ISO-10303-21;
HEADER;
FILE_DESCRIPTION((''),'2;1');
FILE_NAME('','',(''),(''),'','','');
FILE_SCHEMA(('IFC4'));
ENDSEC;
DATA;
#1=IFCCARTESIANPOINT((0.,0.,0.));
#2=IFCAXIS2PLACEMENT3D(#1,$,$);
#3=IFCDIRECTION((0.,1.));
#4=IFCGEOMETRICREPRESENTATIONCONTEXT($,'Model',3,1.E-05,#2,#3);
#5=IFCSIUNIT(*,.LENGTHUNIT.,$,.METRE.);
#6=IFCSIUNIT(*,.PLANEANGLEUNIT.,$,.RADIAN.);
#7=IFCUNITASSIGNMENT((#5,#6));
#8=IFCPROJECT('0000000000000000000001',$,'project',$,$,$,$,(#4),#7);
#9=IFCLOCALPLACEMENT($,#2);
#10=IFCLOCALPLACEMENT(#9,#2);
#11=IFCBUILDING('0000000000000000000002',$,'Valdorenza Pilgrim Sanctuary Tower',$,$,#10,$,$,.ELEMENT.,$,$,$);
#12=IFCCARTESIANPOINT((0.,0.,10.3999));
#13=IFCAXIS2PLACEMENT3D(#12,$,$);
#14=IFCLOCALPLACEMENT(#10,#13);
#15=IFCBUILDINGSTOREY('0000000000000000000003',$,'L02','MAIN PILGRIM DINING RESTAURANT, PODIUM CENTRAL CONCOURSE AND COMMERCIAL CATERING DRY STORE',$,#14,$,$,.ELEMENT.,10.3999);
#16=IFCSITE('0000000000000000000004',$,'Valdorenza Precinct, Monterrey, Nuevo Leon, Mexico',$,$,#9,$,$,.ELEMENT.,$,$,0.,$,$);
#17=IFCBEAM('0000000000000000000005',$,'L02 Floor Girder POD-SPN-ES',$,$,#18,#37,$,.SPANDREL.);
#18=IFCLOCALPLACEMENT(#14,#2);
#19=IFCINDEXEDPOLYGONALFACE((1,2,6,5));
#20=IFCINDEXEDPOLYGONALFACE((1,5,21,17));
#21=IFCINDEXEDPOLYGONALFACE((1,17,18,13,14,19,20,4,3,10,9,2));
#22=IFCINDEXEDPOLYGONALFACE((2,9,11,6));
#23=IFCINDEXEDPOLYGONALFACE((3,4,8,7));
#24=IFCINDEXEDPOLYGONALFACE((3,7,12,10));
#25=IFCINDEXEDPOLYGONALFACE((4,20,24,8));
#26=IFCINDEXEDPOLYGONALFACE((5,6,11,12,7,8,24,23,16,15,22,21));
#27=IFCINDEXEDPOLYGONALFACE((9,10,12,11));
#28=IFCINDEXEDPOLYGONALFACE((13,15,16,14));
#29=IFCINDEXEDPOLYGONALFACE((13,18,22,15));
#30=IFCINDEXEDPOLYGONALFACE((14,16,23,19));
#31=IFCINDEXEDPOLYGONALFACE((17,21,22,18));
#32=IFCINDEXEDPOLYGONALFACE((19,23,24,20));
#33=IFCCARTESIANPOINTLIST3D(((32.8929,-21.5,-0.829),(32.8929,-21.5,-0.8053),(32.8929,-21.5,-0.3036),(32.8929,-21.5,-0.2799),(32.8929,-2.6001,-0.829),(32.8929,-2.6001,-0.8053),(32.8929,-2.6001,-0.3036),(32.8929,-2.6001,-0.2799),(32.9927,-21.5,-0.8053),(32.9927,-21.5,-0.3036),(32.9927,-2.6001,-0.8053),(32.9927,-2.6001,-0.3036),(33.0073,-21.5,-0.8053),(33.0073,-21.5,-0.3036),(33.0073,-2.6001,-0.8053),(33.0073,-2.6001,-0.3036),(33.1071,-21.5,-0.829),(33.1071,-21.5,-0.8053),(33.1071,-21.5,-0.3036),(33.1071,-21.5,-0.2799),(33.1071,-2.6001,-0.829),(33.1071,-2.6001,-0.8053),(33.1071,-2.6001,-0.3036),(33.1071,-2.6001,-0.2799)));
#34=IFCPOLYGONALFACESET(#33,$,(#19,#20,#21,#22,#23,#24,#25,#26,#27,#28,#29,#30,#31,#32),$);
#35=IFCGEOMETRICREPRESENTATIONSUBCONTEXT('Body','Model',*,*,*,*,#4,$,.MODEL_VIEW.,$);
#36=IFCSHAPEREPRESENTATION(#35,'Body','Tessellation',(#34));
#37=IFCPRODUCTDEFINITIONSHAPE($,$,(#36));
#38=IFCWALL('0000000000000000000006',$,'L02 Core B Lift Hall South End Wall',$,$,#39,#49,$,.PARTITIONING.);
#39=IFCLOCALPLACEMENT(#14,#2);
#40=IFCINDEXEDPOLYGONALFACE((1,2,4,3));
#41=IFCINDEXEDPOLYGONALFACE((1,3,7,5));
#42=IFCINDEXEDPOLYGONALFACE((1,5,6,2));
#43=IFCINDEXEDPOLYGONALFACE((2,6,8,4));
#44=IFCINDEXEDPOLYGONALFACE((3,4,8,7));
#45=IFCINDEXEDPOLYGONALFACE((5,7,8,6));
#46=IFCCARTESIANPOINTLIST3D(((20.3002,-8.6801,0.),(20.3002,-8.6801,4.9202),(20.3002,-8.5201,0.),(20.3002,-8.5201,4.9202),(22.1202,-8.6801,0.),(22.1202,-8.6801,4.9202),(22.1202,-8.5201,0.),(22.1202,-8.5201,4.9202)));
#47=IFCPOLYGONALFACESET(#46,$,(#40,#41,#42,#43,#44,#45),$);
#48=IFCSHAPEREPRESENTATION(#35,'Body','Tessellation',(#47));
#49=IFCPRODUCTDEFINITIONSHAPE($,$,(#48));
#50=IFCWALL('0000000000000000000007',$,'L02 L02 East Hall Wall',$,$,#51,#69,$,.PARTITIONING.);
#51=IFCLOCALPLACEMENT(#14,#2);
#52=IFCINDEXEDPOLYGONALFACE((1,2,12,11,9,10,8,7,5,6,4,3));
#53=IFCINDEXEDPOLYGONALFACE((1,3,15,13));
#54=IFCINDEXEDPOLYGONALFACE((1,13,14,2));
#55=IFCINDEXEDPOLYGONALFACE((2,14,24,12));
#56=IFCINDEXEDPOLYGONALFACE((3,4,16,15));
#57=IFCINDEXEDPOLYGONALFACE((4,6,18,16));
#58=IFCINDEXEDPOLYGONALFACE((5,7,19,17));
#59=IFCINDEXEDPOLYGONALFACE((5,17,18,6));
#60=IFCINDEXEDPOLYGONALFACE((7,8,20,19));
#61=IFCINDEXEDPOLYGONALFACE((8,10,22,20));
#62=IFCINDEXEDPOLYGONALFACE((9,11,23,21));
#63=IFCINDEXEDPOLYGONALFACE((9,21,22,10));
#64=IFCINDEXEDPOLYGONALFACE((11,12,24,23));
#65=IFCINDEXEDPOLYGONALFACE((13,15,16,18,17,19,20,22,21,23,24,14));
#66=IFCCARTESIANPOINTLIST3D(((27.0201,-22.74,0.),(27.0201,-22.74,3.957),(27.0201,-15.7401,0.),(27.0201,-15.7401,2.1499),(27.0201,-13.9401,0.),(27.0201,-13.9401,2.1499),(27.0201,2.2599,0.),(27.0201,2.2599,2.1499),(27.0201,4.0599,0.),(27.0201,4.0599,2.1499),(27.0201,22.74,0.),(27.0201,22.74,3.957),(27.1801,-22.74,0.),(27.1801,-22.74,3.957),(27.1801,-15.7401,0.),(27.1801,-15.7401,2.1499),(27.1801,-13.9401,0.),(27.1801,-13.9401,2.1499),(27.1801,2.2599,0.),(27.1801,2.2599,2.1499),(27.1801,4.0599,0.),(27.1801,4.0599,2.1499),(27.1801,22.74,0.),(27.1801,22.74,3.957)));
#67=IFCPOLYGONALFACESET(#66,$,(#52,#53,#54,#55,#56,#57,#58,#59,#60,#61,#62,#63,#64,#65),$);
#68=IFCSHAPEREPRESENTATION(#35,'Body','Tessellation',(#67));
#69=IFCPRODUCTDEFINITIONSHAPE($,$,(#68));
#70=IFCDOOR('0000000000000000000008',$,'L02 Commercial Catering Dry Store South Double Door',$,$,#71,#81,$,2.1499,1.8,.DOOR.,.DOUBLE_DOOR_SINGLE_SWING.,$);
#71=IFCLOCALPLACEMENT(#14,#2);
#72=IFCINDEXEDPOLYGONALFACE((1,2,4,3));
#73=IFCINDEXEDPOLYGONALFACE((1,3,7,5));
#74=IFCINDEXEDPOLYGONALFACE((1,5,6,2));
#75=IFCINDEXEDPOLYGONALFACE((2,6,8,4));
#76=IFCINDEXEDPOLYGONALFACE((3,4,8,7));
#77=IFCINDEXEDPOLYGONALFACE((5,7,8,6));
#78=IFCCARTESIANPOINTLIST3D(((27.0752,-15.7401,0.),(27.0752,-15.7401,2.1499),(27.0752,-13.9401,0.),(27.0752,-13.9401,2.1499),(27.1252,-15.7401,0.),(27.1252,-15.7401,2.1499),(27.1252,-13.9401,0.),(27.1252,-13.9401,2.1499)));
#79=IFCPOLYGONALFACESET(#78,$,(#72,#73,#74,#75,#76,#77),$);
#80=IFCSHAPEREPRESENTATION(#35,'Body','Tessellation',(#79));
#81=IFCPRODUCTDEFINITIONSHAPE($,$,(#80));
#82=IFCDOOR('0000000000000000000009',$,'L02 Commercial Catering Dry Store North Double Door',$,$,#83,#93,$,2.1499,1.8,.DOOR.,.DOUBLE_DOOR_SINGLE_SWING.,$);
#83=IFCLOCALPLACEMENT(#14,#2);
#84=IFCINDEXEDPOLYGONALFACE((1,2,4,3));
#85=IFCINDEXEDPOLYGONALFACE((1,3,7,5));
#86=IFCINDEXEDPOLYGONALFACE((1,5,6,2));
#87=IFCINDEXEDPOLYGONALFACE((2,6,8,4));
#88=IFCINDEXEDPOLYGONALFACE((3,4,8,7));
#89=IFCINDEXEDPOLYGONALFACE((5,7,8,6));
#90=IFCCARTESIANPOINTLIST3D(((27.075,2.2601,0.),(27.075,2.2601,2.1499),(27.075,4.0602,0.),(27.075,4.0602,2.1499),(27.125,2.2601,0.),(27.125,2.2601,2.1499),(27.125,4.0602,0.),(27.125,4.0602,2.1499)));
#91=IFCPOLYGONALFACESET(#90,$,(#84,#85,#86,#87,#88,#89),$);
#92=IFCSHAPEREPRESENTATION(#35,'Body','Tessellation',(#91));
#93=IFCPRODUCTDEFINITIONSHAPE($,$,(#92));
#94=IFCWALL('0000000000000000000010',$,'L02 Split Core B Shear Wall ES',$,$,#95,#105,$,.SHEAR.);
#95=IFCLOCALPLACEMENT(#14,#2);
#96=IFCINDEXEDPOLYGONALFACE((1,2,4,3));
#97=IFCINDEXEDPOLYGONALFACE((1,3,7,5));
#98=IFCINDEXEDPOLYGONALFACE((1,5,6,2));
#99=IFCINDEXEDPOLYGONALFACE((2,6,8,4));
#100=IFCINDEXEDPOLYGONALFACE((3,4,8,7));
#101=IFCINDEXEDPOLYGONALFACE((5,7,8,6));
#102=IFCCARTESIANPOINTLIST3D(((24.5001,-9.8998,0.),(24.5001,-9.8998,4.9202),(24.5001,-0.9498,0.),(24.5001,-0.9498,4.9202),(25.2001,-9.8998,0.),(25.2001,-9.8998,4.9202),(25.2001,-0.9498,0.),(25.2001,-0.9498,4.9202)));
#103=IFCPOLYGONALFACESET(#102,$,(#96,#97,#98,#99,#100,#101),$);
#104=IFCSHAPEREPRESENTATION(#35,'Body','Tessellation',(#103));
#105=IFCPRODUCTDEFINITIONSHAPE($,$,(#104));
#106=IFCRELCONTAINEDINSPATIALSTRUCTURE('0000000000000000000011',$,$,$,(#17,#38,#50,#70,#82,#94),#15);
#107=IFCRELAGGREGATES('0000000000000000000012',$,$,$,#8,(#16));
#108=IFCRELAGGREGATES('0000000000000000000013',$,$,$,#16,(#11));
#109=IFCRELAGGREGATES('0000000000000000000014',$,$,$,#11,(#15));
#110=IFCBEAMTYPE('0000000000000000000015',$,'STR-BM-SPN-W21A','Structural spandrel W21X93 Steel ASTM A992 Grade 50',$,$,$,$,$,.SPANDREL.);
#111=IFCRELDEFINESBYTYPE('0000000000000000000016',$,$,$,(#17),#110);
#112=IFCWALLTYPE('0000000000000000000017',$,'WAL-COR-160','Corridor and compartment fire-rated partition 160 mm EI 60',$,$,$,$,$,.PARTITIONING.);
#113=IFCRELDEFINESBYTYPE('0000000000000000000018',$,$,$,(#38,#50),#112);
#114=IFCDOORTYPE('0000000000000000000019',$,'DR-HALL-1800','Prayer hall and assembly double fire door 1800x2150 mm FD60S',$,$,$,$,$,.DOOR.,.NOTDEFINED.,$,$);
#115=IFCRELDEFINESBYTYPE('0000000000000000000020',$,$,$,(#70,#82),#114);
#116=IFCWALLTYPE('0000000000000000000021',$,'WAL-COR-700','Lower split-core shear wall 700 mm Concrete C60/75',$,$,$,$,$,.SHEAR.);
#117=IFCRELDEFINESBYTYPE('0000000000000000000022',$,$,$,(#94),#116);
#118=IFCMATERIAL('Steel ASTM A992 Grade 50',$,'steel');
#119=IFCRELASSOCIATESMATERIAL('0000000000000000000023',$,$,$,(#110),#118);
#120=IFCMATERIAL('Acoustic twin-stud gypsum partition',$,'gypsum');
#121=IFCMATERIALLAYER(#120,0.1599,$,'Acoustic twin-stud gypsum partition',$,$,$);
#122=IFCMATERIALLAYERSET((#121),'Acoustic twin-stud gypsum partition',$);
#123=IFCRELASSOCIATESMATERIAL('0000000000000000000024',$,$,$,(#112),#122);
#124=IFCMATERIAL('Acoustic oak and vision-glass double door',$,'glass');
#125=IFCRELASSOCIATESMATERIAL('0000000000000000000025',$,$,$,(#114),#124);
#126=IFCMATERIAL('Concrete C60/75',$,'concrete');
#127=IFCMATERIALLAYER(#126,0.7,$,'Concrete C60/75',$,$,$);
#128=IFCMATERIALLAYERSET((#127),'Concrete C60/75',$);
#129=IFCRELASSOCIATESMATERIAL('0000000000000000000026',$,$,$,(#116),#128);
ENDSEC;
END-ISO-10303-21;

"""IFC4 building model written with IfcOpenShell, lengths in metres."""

from ifc_helpers import new_model, si_unit, direction, frame, frame_2d, origin, origin_2d, place, context, subcontext, project, spatial, rectangle, i_section, extrude, source, transform, mapped, material, layer, layer_set, material_profile, profile_set, type_object, element, fill, save


model = new_model("IFC4")

# Units and contexts
model_context = context("Model", 3, precision=1e-05, world=origin(), true_north=direction((0.0, 1.0)))
body_context = subcontext(model_context, "Body", "Model", "MODEL_VIEW")
ifc_project = project(units=[si_unit("LENGTHUNIT", "METRE"), si_unit("PLANEANGLEUNIT", "RADIAN")], contexts=[model_context])

# Site, building, storey
site_placement = place(None, origin())
site = spatial("IfcSite", under=ifc_project, at=site_placement, Name="Valdorenza Precinct, Monterrey, Nuevo Leon, Mexico", CompositionType="ELEMENT", RefElevation=0.0)
building_placement = place(site_placement, origin())
building = spatial("IfcBuilding", under=site, at=building_placement, Name="Valdorenza Pilgrim Sanctuary Tower", CompositionType="ELEMENT")
storey_placement = place(building_placement, frame((0.0, 0.0, 10.3999)))
storey = spatial("IfcBuildingStorey", under=building, at=storey_placement, Name="L02", Description="MAIN PILGRIM DINING RESTAURANT, PODIUM CENTRAL CONCOURSE AND COMMERCIAL CATERING DRY STORE", CompositionType="ELEMENT", Elevation=10.3999)

# Shared definitions
ifc_material_1 = material(Name="Concrete C60/75", Category="concrete")

# Beam
ifc_material_2 = material(Name="Steel ASTM A992 Grade 50", Category="steel")
ifc_material_profile_1 = material_profile(ifc_material_2, i_section(OverallWidth=0.2141, OverallDepth=0.5491, WebThickness=0.0146, FlangeThickness=0.0237, at=origin_2d()), Name="W21X93")
ifc_profile_set_1 = profile_set([ifc_material_profile_1], Name="Steel ASTM A992 Grade 50")
beam_type_1 = type_object("IfcBeamType", Name="STR-BM-SPN-W21A", Description="Structural spandrel W21X93 Steel ASTM A992 Grade 50", PredefinedType="SPANDREL", material=ifc_profile_set_1)
shared_shape_1 = source(origin(), body_context, "Body", "SweptSolid", [
    extrude(i_section(OverallWidth=0.2141, OverallDepth=0.5491, WebThickness=0.0146, FlangeThickness=0.0237, at=origin_2d()), origin(), (0.0, 0.0, 1.0), 18.8999),
])
beam_1_placement = place(storey_placement, frame((33.0, -21.5, -0.5544), z_axis=(0.0, 1.0, 0.0), x_axis=(-1.0, 0.0, 0.0)))
element("IfcBeam", 1, at=beam_1_placement, inside=storey, type_object=beam_type_1, Name="L02 Floor Girder POD-SPN-ES", PredefinedType="SPANDREL", context=body_context, shape_type="MappedRepresentation", body=[
    mapped(shared_shape_1, transform((0.0, 0.0, 0.0), x_axis=(1.0, 0.0, 0.0), y_axis=(0.0, 1.0, 0.0), z_axis=(0.0, 0.0, 1.0), scale=1.0)),
])

# Wall
ifc_material_3 = material(Name="Acoustic twin-stud gypsum partition", Category="gypsum")
ifc_layer_1 = layer(ifc_material_3, 0.1599, Name="Acoustic twin-stud gypsum partition")
ifc_layer_set_1 = layer_set([ifc_layer_1], Name="Acoustic twin-stud gypsum partition")
wall_type_1 = type_object("IfcWallType", Name="WAL-COR-160", Description="Corridor and compartment fire-rated partition 160 mm EI 60", PredefinedType="PARTITIONING", material=ifc_layer_set_1)
wall_1_placement = place(storey_placement, frame((20.3, -8.6001, 0.0), z_axis=(0.0, 0.0, 1.0), x_axis=(1.0, 0.0, 0.0)))
element("IfcWall", 2, at=wall_1_placement, inside=storey, type_object=wall_type_1, Name="L02 Core B Lift Hall South End Wall", PredefinedType="PARTITIONING", context=body_context, shape_type="SweptSolid", body=[
    extrude(rectangle(XDim=1.8201, YDim=0.1599, at=frame_2d((0.9102, 0.0))), origin(), (0.0, 0.0, 1.0), 4.9202),
])

# Wall, openings, doors
wall_2_placement = place(storey_placement, frame((27.1001, -22.74, 0.0), z_axis=(0.0, 0.0, 1.0), x_axis=(0.0, 1.0, 0.0)))
wall_2 = element("IfcWall", 3, at=wall_2_placement, inside=storey, type_object=wall_type_1, Name="L02 L02 East Hall Wall", PredefinedType="PARTITIONING", context=body_context, shape_type="SweptSolid", body=[
    extrude(rectangle(XDim=45.48, YDim=0.1599, at=frame_2d((22.74, 0.0))), origin(), (0.0, 0.0, 1.0), 3.957),
])
opening_1_placement = place(wall_2_placement, frame((7.0, 0.0, 0.0)))
opening_1 = element("IfcOpeningElement", 4, at=opening_1_placement, cuts=wall_2, PredefinedType="OPENING", context=body_context, shape_type="SweptSolid", body=[
    extrude(rectangle(XDim=1.8, YDim=2.1499, at=frame_2d((0.8999, 1.075))), frame((0.0, 0.0947, 0.0), z_axis=(0.0, -1.0, 0.0), x_axis=(1.0, 0.0, 0.0)), (0.0, 0.0, 1.0), 0.1897),
])
opening_2_placement = place(wall_2_placement, frame((25.0, 0.0, 0.0)))
opening_2 = element("IfcOpeningElement", 5, at=opening_2_placement, cuts=wall_2, PredefinedType="OPENING", context=body_context, shape_type="SweptSolid", body=[
    extrude(rectangle(XDim=1.8, YDim=2.1499, at=frame_2d((0.8999, 1.075))), frame((0.0, 0.0947, 0.0), z_axis=(0.0, -1.0, 0.0), x_axis=(1.0, 0.0, 0.0)), (0.0, 0.0, 1.0), 0.1897),
])
ifc_material_4 = material(Name="Acoustic oak and vision-glass double door", Category="glass")
door_type_1 = type_object("IfcDoorType", Name="DR-HALL-1800", Description="Prayer hall and assembly double fire door 1800x2150 mm FD60S", OperationType="NOTDEFINED", PredefinedType="DOOR", material=ifc_material_4)
door_1_placement = place(opening_1_placement, origin())
door_1 = element("IfcDoor", 6, at=door_1_placement, inside=storey, type_object=door_type_1, Name="L02 Commercial Catering Dry Store South Double Door", OperationType="DOUBLE_DOOR_SINGLE_SWING", OverallHeight=2.1499, OverallWidth=1.8, PredefinedType="DOOR", context=body_context, shape_type="SweptSolid", body=[
    extrude(rectangle(XDim=1.8, YDim=2.1499, at=frame_2d((0.8999, 1.075))), frame((0.0, 0.0249, 0.0), z_axis=(0.0, -1.0, 0.0), x_axis=(1.0, 0.0, 0.0)), (0.0, 0.0, 1.0), 0.05),
])
fill(opening_1, door_1)
door_2_placement = place(opening_2_placement, frame((1.8, 0.0, 0.0), z_axis=(0.0, 0.0, 1.0), x_axis=(-1.0, 0.0, 0.0)))
door_2 = element("IfcDoor", 7, at=door_2_placement, inside=storey, type_object=door_type_1, Name="L02 Commercial Catering Dry Store North Double Door", OperationType="DOUBLE_DOOR_SINGLE_SWING", OverallHeight=2.1499, OverallWidth=1.8, PredefinedType="DOOR", context=body_context, shape_type="SweptSolid", body=[
    extrude(rectangle(XDim=1.8, YDim=2.1499, at=frame_2d((0.8999, 1.075))), frame((0.0, 0.0249, 0.0), z_axis=(0.0, -1.0, 0.0), x_axis=(1.0, 0.0, 0.0)), (0.0, 0.0, 1.0), 0.05),
])
fill(opening_2, door_2)

# Wall
ifc_layer_2 = layer(ifc_material_1, 0.7, Name="Concrete C60/75")
ifc_layer_set_2 = layer_set([ifc_layer_2], Name="Concrete C60/75")
wall_type_2 = type_object("IfcWallType", Name="WAL-COR-700", Description="Lower split-core shear wall 700 mm Concrete C60/75", PredefinedType="SHEAR", material=ifc_layer_set_2)
wall_3_placement = place(storey_placement, frame((24.8501, -9.8999, 0.0), z_axis=(0.0, 0.0, 1.0), x_axis=(0.0, 1.0, 0.0)))
element("IfcWall", 8, at=wall_3_placement, inside=storey, type_object=wall_type_2, Name="L02 Split Core B Shear Wall ES", PredefinedType="SHEAR", context=body_context, shape_type="SweptSolid", body=[
    extrude(rectangle(XDim=8.95, YDim=0.7, at=frame_2d((4.4751, 0.0))), origin(), (0.0, 0.0, 1.0), 4.9202),
])

save(model, "model.ifc")
